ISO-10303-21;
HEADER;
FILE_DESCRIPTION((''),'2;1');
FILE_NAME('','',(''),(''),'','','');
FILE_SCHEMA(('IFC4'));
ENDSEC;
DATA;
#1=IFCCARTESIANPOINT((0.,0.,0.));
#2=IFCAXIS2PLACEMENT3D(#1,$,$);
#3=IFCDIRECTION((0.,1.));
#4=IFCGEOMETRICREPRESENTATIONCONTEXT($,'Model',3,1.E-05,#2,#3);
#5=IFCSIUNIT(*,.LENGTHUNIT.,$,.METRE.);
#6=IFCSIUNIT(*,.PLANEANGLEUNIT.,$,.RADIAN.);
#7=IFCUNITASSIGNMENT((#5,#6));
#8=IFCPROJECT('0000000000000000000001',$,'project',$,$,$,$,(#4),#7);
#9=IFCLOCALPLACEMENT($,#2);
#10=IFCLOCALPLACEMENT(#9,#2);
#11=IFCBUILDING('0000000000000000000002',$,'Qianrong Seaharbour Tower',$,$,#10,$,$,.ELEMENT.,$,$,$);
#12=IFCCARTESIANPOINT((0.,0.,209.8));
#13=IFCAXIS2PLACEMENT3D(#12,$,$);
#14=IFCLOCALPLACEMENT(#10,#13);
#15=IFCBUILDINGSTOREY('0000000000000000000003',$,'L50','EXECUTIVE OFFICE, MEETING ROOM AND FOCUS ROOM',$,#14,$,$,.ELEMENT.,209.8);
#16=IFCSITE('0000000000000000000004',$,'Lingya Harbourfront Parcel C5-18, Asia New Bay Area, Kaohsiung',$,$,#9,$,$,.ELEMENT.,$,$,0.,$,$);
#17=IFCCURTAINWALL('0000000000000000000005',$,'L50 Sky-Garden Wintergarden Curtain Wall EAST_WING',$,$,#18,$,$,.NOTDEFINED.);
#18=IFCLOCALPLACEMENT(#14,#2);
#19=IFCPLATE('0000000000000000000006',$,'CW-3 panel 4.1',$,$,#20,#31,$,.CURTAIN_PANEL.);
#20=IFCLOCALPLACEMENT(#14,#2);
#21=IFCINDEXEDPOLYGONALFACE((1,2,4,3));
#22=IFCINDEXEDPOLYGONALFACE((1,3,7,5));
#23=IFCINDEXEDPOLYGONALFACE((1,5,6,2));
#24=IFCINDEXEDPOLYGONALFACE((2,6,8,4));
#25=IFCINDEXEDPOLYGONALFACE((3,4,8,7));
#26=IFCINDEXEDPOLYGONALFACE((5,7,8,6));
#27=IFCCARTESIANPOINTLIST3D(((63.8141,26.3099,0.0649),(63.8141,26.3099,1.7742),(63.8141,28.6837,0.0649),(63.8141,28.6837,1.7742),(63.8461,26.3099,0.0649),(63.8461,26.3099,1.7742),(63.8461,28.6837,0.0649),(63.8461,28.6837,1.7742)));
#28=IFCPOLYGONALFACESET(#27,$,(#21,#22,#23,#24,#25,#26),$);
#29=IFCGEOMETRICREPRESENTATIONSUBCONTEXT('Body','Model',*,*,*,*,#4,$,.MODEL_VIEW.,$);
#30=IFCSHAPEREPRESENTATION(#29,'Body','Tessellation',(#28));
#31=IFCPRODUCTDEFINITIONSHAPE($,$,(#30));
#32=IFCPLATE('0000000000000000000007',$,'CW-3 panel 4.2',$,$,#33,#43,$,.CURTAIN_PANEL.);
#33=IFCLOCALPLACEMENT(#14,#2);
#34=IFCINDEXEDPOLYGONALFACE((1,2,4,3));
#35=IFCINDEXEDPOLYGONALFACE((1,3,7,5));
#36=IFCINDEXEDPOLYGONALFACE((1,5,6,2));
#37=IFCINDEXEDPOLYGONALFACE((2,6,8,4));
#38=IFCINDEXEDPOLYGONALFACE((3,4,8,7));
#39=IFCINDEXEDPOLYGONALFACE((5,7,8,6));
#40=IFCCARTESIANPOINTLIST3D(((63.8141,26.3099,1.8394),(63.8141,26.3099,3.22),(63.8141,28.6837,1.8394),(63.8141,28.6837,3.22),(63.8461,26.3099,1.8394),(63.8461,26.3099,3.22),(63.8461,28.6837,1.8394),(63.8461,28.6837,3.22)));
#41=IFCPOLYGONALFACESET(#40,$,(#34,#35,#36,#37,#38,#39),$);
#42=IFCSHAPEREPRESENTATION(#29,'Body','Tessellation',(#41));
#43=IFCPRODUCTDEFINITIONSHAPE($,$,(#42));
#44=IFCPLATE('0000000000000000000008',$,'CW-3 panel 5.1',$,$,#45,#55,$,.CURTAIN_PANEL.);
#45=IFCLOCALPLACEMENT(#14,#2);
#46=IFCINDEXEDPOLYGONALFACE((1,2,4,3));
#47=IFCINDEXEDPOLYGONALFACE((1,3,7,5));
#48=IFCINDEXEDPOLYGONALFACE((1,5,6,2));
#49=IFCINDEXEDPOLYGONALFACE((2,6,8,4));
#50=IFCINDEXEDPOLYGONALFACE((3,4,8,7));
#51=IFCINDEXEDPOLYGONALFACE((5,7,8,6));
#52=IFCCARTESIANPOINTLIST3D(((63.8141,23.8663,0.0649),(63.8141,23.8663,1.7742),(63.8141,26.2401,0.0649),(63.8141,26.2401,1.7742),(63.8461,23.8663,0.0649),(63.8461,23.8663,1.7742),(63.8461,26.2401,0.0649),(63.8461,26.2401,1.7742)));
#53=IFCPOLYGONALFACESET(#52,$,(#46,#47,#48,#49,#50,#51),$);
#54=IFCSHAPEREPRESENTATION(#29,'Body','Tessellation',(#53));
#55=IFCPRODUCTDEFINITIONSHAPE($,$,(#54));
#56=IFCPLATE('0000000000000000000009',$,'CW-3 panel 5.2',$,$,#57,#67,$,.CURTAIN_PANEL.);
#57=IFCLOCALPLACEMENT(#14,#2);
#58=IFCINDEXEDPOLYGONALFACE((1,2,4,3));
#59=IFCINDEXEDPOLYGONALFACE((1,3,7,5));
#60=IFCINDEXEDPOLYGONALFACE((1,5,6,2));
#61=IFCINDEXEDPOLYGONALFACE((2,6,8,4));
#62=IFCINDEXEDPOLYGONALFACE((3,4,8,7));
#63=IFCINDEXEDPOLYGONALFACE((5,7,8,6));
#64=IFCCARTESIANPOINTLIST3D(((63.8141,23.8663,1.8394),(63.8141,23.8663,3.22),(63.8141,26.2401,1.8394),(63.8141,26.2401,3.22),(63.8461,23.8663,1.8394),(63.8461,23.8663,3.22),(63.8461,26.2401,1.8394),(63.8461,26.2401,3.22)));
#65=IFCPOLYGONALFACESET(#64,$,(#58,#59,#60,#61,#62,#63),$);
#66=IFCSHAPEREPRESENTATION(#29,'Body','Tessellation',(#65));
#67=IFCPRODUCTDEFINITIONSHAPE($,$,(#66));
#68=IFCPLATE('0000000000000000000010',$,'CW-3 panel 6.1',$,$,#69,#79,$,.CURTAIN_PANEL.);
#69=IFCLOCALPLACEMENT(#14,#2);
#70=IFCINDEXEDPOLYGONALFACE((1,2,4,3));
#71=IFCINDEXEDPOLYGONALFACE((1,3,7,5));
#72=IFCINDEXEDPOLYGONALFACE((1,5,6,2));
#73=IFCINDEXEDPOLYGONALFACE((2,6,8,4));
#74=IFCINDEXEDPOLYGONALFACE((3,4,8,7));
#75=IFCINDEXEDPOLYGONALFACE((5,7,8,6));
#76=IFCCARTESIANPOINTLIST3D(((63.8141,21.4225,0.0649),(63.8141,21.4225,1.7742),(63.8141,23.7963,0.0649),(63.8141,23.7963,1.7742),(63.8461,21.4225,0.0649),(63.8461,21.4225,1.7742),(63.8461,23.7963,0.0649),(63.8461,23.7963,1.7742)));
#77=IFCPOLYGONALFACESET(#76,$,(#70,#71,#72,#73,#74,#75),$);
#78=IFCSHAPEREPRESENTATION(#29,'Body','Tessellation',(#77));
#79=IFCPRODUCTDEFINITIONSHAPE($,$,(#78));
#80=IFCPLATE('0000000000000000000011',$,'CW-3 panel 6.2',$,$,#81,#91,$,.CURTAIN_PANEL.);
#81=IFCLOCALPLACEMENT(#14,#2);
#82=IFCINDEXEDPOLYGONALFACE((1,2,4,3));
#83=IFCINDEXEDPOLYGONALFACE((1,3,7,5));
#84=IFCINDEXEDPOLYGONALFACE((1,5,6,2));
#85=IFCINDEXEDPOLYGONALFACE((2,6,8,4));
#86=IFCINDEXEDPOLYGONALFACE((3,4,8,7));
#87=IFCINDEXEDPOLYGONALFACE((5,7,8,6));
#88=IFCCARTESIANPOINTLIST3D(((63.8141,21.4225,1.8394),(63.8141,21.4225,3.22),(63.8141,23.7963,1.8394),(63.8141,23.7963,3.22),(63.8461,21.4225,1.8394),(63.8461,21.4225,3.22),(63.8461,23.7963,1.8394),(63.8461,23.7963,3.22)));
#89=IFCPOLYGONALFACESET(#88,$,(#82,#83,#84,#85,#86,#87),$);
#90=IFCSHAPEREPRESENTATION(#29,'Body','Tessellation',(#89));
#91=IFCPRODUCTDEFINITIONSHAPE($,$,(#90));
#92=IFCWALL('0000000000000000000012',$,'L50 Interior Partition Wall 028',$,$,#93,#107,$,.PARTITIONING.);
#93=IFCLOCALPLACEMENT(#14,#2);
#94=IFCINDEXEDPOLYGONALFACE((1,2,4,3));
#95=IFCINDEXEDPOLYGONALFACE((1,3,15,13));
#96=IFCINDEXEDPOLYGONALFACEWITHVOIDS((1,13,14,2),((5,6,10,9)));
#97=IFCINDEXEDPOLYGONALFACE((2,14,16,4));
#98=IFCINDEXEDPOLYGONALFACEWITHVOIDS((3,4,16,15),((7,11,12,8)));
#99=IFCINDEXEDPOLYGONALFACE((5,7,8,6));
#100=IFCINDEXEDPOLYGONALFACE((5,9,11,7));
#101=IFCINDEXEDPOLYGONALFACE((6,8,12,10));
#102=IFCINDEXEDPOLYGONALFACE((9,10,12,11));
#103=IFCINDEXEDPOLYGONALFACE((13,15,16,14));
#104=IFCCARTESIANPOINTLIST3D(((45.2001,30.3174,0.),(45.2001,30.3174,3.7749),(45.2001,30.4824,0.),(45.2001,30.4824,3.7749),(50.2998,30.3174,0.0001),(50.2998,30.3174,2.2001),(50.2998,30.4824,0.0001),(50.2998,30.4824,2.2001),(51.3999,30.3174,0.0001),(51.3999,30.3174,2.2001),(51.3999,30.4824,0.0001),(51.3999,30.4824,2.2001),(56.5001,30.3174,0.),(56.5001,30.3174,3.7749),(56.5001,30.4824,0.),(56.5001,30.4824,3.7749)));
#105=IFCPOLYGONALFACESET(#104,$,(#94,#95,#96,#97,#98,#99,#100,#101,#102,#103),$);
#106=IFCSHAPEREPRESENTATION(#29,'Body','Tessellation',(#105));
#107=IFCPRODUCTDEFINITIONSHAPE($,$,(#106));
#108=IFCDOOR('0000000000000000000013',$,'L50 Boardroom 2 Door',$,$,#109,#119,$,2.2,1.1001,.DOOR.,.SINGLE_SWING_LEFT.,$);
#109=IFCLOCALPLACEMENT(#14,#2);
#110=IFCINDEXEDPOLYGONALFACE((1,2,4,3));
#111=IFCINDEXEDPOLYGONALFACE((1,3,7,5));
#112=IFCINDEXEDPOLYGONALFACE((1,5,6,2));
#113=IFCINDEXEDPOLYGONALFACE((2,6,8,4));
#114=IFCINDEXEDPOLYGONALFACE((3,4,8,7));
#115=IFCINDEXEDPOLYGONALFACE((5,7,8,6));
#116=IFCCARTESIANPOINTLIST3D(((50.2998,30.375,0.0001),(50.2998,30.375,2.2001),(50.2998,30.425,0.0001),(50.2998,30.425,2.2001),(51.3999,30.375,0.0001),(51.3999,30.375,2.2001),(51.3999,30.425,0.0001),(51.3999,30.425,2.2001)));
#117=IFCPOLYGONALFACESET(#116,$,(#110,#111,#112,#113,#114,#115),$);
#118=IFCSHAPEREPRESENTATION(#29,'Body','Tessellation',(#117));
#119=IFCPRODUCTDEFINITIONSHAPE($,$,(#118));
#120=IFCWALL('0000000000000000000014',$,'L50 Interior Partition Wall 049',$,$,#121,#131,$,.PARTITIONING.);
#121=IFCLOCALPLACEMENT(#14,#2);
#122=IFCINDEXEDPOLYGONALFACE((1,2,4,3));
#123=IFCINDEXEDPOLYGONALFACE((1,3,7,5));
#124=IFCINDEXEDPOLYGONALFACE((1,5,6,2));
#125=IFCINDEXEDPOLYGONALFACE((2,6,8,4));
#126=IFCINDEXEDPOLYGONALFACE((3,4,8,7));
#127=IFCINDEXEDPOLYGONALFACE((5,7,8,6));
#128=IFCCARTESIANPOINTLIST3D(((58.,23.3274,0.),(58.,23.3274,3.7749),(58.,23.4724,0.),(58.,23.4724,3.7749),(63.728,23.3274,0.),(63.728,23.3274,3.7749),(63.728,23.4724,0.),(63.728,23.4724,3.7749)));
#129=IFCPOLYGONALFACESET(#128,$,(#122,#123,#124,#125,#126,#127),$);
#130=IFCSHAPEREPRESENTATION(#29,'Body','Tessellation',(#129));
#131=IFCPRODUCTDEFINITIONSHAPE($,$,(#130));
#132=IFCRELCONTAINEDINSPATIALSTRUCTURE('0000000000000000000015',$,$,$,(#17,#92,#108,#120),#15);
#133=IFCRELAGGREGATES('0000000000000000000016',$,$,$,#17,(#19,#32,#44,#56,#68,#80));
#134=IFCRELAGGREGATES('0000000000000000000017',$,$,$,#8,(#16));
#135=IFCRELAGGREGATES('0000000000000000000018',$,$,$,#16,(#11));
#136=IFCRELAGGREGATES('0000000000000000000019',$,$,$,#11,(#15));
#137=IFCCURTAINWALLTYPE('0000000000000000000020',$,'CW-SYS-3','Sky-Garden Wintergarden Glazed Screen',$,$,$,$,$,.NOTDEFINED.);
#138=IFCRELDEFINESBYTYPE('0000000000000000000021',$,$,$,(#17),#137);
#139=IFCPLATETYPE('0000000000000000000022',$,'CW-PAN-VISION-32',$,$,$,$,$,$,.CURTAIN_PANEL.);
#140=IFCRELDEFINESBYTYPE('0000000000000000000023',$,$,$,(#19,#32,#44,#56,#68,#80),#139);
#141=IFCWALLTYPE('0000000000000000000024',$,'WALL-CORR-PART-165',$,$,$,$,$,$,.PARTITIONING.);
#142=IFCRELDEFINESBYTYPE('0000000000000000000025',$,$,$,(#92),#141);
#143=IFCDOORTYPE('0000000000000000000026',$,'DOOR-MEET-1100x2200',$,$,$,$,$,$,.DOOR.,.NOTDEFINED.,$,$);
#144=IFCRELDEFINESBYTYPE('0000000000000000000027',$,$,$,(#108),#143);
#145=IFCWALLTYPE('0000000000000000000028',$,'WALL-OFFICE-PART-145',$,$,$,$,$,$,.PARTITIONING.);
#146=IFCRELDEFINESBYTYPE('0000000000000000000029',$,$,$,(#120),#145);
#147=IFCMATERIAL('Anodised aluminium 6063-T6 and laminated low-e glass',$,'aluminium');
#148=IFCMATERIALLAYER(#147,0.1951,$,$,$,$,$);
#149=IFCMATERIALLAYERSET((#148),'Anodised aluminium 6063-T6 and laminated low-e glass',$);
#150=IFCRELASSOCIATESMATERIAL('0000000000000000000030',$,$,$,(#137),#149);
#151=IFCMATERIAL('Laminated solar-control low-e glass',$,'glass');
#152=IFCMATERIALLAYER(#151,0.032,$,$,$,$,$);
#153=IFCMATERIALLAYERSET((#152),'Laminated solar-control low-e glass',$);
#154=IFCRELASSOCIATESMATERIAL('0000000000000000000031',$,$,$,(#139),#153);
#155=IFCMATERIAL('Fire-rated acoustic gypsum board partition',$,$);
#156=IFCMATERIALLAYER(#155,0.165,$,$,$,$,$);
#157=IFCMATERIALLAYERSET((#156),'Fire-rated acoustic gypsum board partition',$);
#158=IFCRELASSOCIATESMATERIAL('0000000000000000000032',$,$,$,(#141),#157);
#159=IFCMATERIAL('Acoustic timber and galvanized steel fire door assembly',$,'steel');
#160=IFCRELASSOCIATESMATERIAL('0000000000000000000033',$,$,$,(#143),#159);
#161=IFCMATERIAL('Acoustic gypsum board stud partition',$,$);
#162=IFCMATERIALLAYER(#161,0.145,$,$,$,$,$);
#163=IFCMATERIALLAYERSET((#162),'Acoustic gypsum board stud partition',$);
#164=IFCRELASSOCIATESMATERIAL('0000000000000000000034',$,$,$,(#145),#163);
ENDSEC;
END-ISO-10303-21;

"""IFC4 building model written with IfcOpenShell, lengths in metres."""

from ifc_helpers import new_model, si_unit, direction, frame, frame_2d, origin, origin_2d, place, context, subcontext, project, spatial, rectangle, extrude, material, layer, layer_set, type_object, element, fill, aggregate, save


model = new_model("IFC4")

# Units and contexts
model_context = context("Model", 3, precision=1e-05, world=origin(), true_north=direction((0.0, 1.0)))
body_context = subcontext(model_context, "Body", "Model", "MODEL_VIEW")
ifc_project = project(units=[si_unit("LENGTHUNIT", "METRE"), si_unit("PLANEANGLEUNIT", "RADIAN")], contexts=[model_context])

# Site, building, storey
site_placement = place(None, origin())
site = spatial("IfcSite", under=ifc_project, at=site_placement, Name="Lingya Harbourfront Parcel C5-18, Asia New Bay Area, Kaohsiung", CompositionType="ELEMENT", RefElevation=0.0)
building_placement = place(site_placement, origin())
building = spatial("IfcBuilding", under=site, at=building_placement, Name="Qianrong Seaharbour Tower", CompositionType="ELEMENT")
storey_placement = place(building_placement, frame((0.0, 0.0, 209.8)))
storey = spatial("IfcBuildingStorey", under=building, at=storey_placement, Name="L50", Description="EXECUTIVE OFFICE, MEETING ROOM AND FOCUS ROOM", CompositionType="ELEMENT", Elevation=209.8)

# Curtain wall, plates
ifc_material_1 = material(Name="Anodised aluminium 6063-T6 and laminated low-e glass", Category="aluminium")
ifc_layer_1 = layer(ifc_material_1, 0.1951)
ifc_layer_set_1 = layer_set([ifc_layer_1], Name="Anodised aluminium 6063-T6 and laminated low-e glass")
curtain_wall_type = type_object("IfcCurtainWallType", Name="CW-SYS-3", Description="Sky-Garden Wintergarden Glazed Screen", PredefinedType="NOTDEFINED", material=ifc_layer_set_1)
curtain_wall_placement = place(storey_placement, origin())
curtain_wall = element("IfcCurtainWall", 1, at=curtain_wall_placement, inside=storey, type_object=curtain_wall_type, Name="L50 Sky-Garden Wintergarden Curtain Wall EAST_WING", PredefinedType="NOTDEFINED")
ifc_material_2 = material(Name="Laminated solar-control low-e glass", Category="glass")
ifc_layer_2 = layer(ifc_material_2, 0.032)
ifc_layer_set_2 = layer_set([ifc_layer_2], Name="Laminated solar-control low-e glass")
plate_type = type_object("IfcPlateType", Name="CW-PAN-VISION-32", PredefinedType="CURTAIN_PANEL", material=ifc_layer_set_2)
plate_1_placement = place(storey_placement, frame((63.8301, 27.4968, 0.0649), z_axis=(0.0, 0.0, 1.0), x_axis=(0.0, -1.0, 0.0)))
plate_1 = element("IfcPlate", 2, at=plate_1_placement, type_object=plate_type, Name="CW-3 panel 4.1", PredefinedType="CURTAIN_PANEL", context=body_context, shape_type="SweptSolid", body=[
    extrude(rectangle(XDim=2.3738, YDim=0.032, at=origin_2d()), origin(), (0.0, 0.0, 1.0), 1.7092),
])
plate_2_placement = place(storey_placement, frame((63.8301, 27.4968, 1.8394), z_axis=(0.0, 0.0, 1.0), x_axis=(0.0, -1.0, 0.0)))
plate_2 = element("IfcPlate", 3, at=plate_2_placement, type_object=plate_type, Name="CW-3 panel 4.2", PredefinedType="CURTAIN_PANEL", context=body_context, shape_type="SweptSolid", body=[
    extrude(rectangle(XDim=2.3738, YDim=0.032, at=origin_2d()), origin(), (0.0, 0.0, 1.0), 1.3806),
])
plate_3_placement = place(storey_placement, frame((63.8301, 25.0532, 0.0649), z_axis=(0.0, 0.0, 1.0), x_axis=(0.0, -1.0, 0.0)))
plate_3 = element("IfcPlate", 4, at=plate_3_placement, type_object=plate_type, Name="CW-3 panel 5.1", PredefinedType="CURTAIN_PANEL", context=body_context, shape_type="SweptSolid", body=[
    extrude(rectangle(XDim=2.3738, YDim=0.032, at=origin_2d()), origin(), (0.0, 0.0, 1.0), 1.7092),
])
plate_4_placement = place(storey_placement, frame((63.8301, 25.0532, 1.8394), z_axis=(0.0, 0.0, 1.0), x_axis=(0.0, -1.0, 0.0)))
plate_4 = element("IfcPlate", 5, at=plate_4_placement, type_object=plate_type, Name="CW-3 panel 5.2", PredefinedType="CURTAIN_PANEL", context=body_context, shape_type="SweptSolid", body=[
    extrude(rectangle(XDim=2.3738, YDim=0.032, at=origin_2d()), origin(), (0.0, 0.0, 1.0), 1.3806),
])
plate_5_placement = place(storey_placement, frame((63.8301, 22.6094, 0.0649), z_axis=(0.0, 0.0, 1.0), x_axis=(0.0, -1.0, 0.0)))
plate_5 = element("IfcPlate", 6, at=plate_5_placement, type_object=plate_type, Name="CW-3 panel 6.1", PredefinedType="CURTAIN_PANEL", context=body_context, shape_type="SweptSolid", body=[
    extrude(rectangle(XDim=2.3738, YDim=0.032, at=origin_2d()), origin(), (0.0, 0.0, 1.0), 1.7092),
])
plate_6_placement = place(storey_placement, frame((63.8301, 22.6094, 1.8394), z_axis=(0.0, 0.0, 1.0), x_axis=(0.0, -1.0, 0.0)))
plate_6 = element("IfcPlate", 7, at=plate_6_placement, type_object=plate_type, Name="CW-3 panel 6.2", PredefinedType="CURTAIN_PANEL", context=body_context, shape_type="SweptSolid", body=[
    extrude(rectangle(XDim=2.3738, YDim=0.032, at=origin_2d()), origin(), (0.0, 0.0, 1.0), 1.3806),
])
aggregate(curtain_wall, [plate_1, plate_2, plate_3, plate_4, plate_5, plate_6])

# Wall, opening, door
ifc_material_3 = material(Name="Fire-rated acoustic gypsum board partition")
ifc_layer_3 = layer(ifc_material_3, 0.165)
ifc_layer_set_3 = layer_set([ifc_layer_3], Name="Fire-rated acoustic gypsum board partition")
wall_type_1 = type_object("IfcWallType", Name="WALL-CORR-PART-165", PredefinedType="PARTITIONING", material=ifc_layer_set_3)
wall_1_placement = place(storey_placement, frame((56.5, 30.3999, 0.0), z_axis=(0.0, 0.0, 1.0), x_axis=(-1.0, 0.0, 0.0)))
wall_1 = element("IfcWall", 8, at=wall_1_placement, inside=storey, type_object=wall_type_1, Name="L50 Interior Partition Wall 028", PredefinedType="PARTITIONING", context=body_context, shape_type="SweptSolid", body=[
    extrude(rectangle(XDim=11.3, YDim=0.165, at=frame_2d((5.6499, 0.0))), origin(), (0.0, 0.0, 1.0), 3.7749),
])
opening_1_placement = place(wall_1_placement, frame((5.1001, 0.0, 0.0)))
opening_1 = element("IfcOpeningElement", 9, at=opening_1_placement, cuts=wall_1, PredefinedType="OPENING", context=body_context, shape_type="SweptSolid", body=[
    extrude(rectangle(XDim=1.1001, YDim=2.2, at=frame_2d((0.55, 1.1001))), frame((0.0, 0.0925, 0.0), z_axis=(0.0, -1.0, 0.0), x_axis=(1.0, 0.0, 0.0)), (0.0, 0.0, 1.0), 0.1851),
])
ifc_material_4 = material(Name="Acoustic timber and galvanized steel fire door assembly", Category="steel")
door_type_1 = type_object("IfcDoorType", Name="DOOR-MEET-1100x2200", OperationType="NOTDEFINED", PredefinedType="DOOR", material=ifc_material_4)
door_1_placement = place(opening_1_placement, origin())
door_1 = element("IfcDoor", 10, at=door_1_placement, inside=storey, type_object=door_type_1, Name="L50 Boardroom 2 Door", OperationType="SINGLE_SWING_LEFT", OverallHeight=2.2, OverallWidth=1.1001, PredefinedType="DOOR", context=body_context, shape_type="SweptSolid", body=[
    extrude(rectangle(XDim=1.1001, YDim=2.2, at=frame_2d((0.55, 1.1001))), frame((0.0, 0.0249, 0.0), z_axis=(0.0, -1.0, 0.0), x_axis=(1.0, 0.0, 0.0)), (0.0, 0.0, 1.0), 0.05),
])
fill(opening_1, door_1)

# Wall
ifc_material_5 = material(Name="Acoustic gypsum board stud partition")
ifc_layer_4 = layer(ifc_material_5, 0.145)
ifc_layer_set_4 = layer_set([ifc_layer_4], Name="Acoustic gypsum board stud partition")
wall_type_2 = type_object("IfcWallType", Name="WALL-OFFICE-PART-145", PredefinedType="PARTITIONING", material=ifc_layer_set_4)
wall_2_placement = place(storey_placement, frame((63.728, 23.3999, 0.0), z_axis=(0.0, 0.0, 1.0), x_axis=(-1.0, 0.0, 0.0)))
element("IfcWall", 11, at=wall_2_placement, inside=storey, type_object=wall_type_2, Name="L50 Interior Partition Wall 049", PredefinedType="PARTITIONING", context=body_context, shape_type="SweptSolid", body=[
    extrude(rectangle(XDim=5.728, YDim=0.145, at=frame_2d((2.864, 0.0))), origin(), (0.0, 0.0, 1.0), 3.7749),
])

save(model, "model.ifc")
